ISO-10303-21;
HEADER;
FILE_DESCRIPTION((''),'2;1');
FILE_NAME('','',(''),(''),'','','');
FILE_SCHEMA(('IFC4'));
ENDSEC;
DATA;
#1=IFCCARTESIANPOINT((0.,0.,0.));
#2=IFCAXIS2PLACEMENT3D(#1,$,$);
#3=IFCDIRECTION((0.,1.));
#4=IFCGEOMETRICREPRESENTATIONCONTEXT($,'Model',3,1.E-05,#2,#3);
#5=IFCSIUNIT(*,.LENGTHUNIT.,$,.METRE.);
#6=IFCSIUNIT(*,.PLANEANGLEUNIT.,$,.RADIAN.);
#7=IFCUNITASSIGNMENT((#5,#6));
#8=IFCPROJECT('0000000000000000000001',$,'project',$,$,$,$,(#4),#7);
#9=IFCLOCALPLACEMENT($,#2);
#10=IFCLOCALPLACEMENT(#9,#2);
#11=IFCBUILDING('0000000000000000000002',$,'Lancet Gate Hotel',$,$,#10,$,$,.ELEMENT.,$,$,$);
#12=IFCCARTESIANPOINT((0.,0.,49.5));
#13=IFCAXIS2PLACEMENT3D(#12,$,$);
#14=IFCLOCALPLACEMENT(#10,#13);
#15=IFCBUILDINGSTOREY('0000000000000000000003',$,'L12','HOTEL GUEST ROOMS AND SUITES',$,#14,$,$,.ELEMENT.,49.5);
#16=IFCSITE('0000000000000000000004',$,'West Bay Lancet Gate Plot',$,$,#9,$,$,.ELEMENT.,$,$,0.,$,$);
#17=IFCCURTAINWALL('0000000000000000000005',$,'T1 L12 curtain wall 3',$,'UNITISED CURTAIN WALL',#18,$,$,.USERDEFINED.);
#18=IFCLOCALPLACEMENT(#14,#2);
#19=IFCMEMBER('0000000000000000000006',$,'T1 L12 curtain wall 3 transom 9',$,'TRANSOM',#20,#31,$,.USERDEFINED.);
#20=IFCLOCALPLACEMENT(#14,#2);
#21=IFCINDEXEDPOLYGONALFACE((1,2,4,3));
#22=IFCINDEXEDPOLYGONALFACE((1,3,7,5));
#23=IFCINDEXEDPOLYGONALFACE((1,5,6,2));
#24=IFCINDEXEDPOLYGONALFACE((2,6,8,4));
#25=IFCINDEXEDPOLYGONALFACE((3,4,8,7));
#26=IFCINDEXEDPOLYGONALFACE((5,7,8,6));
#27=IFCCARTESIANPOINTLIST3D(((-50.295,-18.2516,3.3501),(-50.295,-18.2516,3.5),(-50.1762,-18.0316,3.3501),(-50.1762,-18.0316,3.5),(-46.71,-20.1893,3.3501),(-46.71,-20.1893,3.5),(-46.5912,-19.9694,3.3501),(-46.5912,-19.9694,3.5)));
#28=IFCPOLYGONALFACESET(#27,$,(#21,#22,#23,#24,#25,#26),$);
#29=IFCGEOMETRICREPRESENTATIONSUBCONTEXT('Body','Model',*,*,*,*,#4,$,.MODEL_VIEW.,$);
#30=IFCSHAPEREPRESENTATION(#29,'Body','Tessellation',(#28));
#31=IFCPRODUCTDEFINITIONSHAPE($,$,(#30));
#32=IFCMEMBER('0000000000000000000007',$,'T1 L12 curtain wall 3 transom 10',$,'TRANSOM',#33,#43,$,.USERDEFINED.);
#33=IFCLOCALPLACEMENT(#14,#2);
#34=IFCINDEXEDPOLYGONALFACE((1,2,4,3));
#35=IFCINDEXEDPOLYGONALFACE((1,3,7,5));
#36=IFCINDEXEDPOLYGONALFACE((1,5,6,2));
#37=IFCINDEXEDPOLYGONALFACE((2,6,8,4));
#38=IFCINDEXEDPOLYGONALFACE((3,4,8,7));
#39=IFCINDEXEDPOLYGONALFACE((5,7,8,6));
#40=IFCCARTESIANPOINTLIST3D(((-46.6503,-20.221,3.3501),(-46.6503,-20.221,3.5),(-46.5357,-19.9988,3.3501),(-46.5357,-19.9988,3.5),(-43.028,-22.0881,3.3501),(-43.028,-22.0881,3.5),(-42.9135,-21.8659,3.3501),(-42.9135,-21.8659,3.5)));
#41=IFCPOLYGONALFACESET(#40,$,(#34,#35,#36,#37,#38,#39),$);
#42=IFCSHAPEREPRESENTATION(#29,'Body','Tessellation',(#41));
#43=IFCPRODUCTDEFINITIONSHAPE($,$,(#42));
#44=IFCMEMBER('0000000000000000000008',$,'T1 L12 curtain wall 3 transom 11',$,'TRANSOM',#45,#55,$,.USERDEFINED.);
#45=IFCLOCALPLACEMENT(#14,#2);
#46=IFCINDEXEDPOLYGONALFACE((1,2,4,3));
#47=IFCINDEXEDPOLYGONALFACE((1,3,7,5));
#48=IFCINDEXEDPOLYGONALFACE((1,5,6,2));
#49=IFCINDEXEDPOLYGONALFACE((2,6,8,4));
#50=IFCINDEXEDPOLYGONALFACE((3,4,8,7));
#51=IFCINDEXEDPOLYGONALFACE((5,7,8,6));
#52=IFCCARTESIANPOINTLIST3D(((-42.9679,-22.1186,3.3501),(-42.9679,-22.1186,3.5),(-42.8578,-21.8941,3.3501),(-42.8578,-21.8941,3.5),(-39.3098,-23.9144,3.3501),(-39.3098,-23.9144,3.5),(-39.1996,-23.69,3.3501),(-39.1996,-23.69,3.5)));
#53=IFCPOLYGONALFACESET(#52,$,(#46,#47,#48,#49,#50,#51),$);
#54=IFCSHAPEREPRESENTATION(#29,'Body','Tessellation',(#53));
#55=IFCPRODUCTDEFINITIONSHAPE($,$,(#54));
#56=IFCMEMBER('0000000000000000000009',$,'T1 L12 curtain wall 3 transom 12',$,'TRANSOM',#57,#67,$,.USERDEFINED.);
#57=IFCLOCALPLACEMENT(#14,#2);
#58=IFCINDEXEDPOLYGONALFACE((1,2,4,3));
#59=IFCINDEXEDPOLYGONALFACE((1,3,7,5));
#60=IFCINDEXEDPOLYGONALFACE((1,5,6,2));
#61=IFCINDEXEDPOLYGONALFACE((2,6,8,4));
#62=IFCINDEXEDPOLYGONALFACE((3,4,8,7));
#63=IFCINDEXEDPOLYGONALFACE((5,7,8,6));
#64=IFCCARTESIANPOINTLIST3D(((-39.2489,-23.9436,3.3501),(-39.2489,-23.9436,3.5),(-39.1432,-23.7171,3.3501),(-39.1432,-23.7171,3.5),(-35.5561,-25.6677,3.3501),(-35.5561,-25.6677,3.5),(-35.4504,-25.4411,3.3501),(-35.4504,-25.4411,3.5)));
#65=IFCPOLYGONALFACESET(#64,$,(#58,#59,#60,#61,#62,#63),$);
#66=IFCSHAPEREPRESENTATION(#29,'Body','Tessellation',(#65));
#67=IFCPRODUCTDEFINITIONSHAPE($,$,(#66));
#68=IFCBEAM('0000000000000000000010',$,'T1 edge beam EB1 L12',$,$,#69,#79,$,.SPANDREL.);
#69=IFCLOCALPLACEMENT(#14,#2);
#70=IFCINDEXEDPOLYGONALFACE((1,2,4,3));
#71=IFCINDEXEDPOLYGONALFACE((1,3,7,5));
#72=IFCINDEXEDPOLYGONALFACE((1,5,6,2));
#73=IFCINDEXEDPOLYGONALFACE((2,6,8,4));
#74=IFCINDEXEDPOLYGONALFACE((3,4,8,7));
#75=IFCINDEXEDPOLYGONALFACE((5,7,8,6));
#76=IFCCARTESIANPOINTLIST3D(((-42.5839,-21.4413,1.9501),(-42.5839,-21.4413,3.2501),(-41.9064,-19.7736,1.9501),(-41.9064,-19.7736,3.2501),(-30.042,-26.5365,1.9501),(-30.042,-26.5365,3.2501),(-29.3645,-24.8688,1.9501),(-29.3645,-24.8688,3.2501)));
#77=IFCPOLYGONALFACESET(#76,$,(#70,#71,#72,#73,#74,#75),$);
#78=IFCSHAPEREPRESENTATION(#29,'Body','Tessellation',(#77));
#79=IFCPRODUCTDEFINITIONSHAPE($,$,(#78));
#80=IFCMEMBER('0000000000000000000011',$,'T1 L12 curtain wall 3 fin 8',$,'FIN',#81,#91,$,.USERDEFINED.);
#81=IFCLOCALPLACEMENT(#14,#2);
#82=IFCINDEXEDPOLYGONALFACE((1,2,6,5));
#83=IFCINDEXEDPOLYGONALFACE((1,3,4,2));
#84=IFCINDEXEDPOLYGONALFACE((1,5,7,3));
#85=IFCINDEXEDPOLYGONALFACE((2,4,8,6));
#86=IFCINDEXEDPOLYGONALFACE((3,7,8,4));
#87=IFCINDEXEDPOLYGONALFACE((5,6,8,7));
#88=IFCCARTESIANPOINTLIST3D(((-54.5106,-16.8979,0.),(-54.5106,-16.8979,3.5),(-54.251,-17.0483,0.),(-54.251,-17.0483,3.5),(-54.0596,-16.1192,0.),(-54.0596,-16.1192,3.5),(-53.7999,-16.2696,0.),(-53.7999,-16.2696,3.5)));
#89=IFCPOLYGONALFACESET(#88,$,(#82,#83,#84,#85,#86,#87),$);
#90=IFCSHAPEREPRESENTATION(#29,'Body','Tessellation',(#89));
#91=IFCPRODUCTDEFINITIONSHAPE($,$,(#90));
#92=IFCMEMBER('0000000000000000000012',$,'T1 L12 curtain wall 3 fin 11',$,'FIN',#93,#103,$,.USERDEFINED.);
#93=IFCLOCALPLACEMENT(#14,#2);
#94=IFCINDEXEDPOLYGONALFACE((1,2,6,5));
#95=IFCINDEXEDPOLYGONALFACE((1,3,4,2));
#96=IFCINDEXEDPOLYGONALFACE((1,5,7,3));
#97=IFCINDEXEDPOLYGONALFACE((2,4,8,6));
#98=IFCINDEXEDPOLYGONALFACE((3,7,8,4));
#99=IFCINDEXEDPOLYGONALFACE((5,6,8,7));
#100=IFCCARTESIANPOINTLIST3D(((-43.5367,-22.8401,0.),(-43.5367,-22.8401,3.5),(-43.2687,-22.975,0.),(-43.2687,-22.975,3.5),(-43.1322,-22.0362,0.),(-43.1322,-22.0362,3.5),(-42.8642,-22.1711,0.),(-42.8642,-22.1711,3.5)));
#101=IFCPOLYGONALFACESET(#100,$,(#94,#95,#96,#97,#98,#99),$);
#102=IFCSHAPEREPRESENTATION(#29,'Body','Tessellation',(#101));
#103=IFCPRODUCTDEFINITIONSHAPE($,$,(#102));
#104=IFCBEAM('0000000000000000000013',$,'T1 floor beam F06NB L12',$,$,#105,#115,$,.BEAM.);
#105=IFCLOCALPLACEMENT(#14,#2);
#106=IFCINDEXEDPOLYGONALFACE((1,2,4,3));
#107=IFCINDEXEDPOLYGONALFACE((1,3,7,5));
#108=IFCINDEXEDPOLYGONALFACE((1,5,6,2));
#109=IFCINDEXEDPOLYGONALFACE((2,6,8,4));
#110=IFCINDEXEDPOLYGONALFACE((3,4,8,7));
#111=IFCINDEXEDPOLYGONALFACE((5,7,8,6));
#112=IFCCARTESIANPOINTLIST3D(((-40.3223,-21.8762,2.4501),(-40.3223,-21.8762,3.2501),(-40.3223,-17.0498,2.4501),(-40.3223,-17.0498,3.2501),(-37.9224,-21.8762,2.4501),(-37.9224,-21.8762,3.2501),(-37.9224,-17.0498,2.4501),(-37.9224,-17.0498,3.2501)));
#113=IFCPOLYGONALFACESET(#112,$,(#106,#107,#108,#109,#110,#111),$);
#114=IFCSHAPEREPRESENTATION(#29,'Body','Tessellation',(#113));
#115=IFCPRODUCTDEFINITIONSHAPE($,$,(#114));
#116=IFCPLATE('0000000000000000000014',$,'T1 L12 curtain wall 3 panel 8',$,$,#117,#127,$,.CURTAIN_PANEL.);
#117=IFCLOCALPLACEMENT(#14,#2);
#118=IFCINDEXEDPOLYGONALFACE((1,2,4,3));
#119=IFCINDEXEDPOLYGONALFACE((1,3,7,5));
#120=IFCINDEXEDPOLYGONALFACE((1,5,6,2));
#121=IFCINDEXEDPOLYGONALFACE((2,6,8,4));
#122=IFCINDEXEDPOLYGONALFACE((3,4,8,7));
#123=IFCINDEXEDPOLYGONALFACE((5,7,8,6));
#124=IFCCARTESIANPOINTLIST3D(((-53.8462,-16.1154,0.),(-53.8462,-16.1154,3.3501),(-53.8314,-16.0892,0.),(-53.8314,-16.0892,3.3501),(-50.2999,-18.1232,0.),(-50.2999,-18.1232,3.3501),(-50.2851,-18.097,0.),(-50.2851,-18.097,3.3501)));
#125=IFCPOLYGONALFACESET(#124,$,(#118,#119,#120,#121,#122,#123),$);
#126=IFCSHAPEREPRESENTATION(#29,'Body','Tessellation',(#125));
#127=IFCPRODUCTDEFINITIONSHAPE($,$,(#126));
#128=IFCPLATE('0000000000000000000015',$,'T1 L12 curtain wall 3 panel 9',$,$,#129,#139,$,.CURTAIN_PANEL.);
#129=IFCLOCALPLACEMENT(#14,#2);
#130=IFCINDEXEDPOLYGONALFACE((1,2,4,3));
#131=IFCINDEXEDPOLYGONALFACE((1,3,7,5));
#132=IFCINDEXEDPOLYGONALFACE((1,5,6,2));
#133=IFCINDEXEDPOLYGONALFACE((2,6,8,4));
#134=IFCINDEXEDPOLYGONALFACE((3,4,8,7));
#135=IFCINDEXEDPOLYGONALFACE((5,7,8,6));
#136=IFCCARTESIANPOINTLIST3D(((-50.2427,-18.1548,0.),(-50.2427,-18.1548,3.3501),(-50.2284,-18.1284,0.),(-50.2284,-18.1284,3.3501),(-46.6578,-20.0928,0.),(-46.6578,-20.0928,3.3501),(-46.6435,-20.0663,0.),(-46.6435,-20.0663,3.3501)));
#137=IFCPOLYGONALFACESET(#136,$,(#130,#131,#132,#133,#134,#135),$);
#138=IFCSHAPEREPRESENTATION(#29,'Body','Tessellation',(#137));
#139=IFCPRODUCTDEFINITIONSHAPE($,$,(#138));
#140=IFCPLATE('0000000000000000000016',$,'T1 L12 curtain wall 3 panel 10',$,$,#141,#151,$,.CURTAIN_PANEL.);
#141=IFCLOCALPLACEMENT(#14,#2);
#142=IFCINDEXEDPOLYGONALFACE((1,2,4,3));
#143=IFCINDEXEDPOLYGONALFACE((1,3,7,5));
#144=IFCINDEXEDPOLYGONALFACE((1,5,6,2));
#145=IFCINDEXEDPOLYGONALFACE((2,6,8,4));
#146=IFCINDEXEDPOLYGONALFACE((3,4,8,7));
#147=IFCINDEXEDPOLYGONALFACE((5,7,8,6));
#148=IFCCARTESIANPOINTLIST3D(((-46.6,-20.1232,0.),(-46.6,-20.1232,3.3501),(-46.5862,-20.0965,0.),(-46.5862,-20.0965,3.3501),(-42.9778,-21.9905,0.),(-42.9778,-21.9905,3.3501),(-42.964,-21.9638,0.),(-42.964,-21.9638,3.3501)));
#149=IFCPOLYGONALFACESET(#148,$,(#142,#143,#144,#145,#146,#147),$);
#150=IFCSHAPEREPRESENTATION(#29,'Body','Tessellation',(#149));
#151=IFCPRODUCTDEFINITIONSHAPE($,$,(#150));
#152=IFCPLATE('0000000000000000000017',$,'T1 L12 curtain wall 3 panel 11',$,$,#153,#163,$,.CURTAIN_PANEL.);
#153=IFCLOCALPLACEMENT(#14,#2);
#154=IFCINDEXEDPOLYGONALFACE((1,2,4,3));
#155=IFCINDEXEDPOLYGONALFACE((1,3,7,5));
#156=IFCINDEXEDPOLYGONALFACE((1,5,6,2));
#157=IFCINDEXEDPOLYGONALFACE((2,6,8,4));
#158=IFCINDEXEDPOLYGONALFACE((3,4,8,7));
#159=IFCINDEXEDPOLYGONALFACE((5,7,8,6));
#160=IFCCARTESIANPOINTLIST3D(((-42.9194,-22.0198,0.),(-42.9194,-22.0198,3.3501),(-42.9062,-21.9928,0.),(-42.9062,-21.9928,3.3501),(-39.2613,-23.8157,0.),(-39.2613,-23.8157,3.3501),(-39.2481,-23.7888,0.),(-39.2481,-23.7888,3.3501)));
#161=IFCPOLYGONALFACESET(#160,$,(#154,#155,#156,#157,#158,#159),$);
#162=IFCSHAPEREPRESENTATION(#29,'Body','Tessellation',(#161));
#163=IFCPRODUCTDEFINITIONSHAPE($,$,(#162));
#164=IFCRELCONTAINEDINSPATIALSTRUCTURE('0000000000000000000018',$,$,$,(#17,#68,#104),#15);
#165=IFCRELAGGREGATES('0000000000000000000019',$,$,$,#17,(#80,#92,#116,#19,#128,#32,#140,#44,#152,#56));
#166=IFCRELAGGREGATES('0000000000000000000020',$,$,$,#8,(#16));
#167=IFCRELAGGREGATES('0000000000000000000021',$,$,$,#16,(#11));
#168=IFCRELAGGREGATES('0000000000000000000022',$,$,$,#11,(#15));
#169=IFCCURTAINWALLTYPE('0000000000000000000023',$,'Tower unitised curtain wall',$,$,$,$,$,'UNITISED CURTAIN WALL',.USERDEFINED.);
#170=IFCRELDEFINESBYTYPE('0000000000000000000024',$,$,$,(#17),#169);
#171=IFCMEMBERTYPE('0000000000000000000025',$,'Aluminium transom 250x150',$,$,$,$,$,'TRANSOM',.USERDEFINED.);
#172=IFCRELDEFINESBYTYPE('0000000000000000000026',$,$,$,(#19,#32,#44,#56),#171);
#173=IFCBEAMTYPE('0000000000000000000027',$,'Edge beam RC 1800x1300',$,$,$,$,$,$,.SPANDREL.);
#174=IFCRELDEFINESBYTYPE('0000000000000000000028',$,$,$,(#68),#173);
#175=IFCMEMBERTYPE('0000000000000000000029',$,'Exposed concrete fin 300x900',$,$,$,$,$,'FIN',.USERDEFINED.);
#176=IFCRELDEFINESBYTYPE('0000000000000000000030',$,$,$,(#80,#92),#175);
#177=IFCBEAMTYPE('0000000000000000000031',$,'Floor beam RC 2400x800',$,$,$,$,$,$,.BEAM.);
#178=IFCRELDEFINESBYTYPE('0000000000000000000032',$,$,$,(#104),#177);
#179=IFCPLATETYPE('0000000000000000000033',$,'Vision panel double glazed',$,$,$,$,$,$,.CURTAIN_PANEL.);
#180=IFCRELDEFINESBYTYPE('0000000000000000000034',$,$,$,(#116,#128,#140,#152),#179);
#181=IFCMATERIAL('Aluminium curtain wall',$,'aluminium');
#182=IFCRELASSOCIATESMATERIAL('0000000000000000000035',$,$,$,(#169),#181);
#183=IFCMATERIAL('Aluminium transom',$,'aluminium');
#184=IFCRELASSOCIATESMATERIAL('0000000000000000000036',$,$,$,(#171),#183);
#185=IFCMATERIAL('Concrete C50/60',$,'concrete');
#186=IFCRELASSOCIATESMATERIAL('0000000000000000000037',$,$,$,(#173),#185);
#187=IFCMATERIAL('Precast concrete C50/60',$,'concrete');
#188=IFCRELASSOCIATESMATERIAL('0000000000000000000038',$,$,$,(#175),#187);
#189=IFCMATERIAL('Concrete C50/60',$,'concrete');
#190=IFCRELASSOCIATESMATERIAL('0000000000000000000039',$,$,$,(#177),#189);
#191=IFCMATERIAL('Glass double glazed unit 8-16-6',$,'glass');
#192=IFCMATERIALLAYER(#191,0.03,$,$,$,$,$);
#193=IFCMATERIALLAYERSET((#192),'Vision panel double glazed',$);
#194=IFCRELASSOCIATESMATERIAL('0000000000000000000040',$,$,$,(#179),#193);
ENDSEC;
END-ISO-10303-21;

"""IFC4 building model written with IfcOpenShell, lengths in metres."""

from ifc_helpers import new_model, si_unit, direction, frame, origin, origin_2d, place, context, subcontext, project, spatial, rectangle, extrude, material, layer, layer_set, material_profile, profile_set, type_object, element, aggregate, save


model = new_model("IFC4")

# Units and contexts
model_context = context("Model", 3, precision=1e-05, world=origin(), true_north=direction((0.0, 1.0)))
body_context = subcontext(model_context, "Body", "Model", "MODEL_VIEW")
ifc_project = project(units=[si_unit("LENGTHUNIT", "METRE"), si_unit("PLANEANGLEUNIT", "RADIAN")], contexts=[model_context])

# Site, building, storey
site_placement = place(None, origin())
site = spatial("IfcSite", under=ifc_project, at=site_placement, Name="West Bay Lancet Gate Plot", CompositionType="ELEMENT", RefElevation=0.0)
building_placement = place(site_placement, origin())
building = spatial("IfcBuilding", under=site, at=building_placement, Name="Lancet Gate Hotel", CompositionType="ELEMENT")
storey_placement = place(building_placement, frame((0.0, 0.0, 49.5)))
storey = spatial("IfcBuildingStorey", under=building, at=storey_placement, Name="L12", Description="HOTEL GUEST ROOMS AND SUITES", CompositionType="ELEMENT", Elevation=49.5)

# Curtain wall, members
ifc_material_1 = material(Name="Aluminium curtain wall", Category="aluminium")
curtain_wall_type = type_object("IfcCurtainWallType", Name="Tower unitised curtain wall", ElementType="UNITISED CURTAIN WALL", PredefinedType="USERDEFINED", material=ifc_material_1)
curtain_wall_placement = place(storey_placement, origin())
curtain_wall = element("IfcCurtainWall", 1, at=curtain_wall_placement, inside=storey, type_object=curtain_wall_type, Name="T1 L12 curtain wall 3", ObjectType="UNITISED CURTAIN WALL", PredefinedType="USERDEFINED")
ifc_material_2 = material(Name="Aluminium transom", Category="aluminium")
ifc_material_profile_1 = material_profile(ifc_material_2, rectangle(XDim=0.25, YDim=0.1499, at=origin_2d()), Name="TRANSOM 250x150")
ifc_profile_set_1 = profile_set([ifc_material_profile_1], Name="Aluminium transom")
member_type_1 = type_object("IfcMemberType", Name="Aluminium transom 250x150", ElementType="TRANSOM", PredefinedType="USERDEFINED", material=ifc_profile_set_1)
member_1_placement = place(storey_placement, frame((-50.2356, -18.1416, 3.425), z_axis=(0.879714, -0.475503, 0.0), x_axis=(0.475503, 0.879714, 0.0)))
member_1 = element("IfcMember", 2, at=member_1_placement, type_object=member_type_1, Name="T1 L12 curtain wall 3 transom 9", ObjectType="TRANSOM", PredefinedType="USERDEFINED", context=body_context, shape_type="SweptSolid", body=[
    extrude(rectangle(XDim=0.25, YDim=0.1499, at=origin_2d()), origin(), (0.0, 0.0, 1.0), 4.0752),
])
member_2_placement = place(storey_placement, frame((-46.593, -20.1099, 3.425), z_axis=(0.88886, -0.458179, 0.0), x_axis=(0.458179, 0.88886, 0.0)))
member_2 = element("IfcMember", 3, at=member_2_placement, type_object=member_type_1, Name="T1 L12 curtain wall 3 transom 10", ObjectType="TRANSOM", PredefinedType="USERDEFINED", context=body_context, shape_type="SweptSolid", body=[
    extrude(rectangle(XDim=0.25, YDim=0.1499, at=origin_2d()), origin(), (0.0, 0.0, 1.0), 4.0752),
])
member_3_placement = place(storey_placement, frame((-42.9128, -22.0063, 3.425), z_axis=(0.897662, -0.440684, 0.0), x_axis=(0.440684, 0.897662, 0.0)))
member_3 = element("IfcMember", 4, at=member_3_placement, type_object=member_type_1, Name="T1 L12 curtain wall 3 transom 11", ObjectType="TRANSOM", PredefinedType="USERDEFINED", context=body_context, shape_type="SweptSolid", body=[
    extrude(rectangle(XDim=0.25, YDim=0.1499, at=origin_2d()), origin(), (0.0, 0.0, 1.0), 4.0752),
])
member_4_placement = place(storey_placement, frame((-39.196, -23.8303, 3.425), z_axis=(0.90611, -0.423043, 0.0), x_axis=(0.423043, 0.90611, 0.0)))
member_4 = element("IfcMember", 5, at=member_4_placement, type_object=member_type_1, Name="T1 L12 curtain wall 3 transom 12", ObjectType="TRANSOM", PredefinedType="USERDEFINED", context=body_context, shape_type="SweptSolid", body=[
    extrude(rectangle(XDim=0.25, YDim=0.1499, at=origin_2d()), origin(), (0.0, 0.0, 1.0), 4.0754),
])

# Beam
ifc_material_3 = material(Name="Concrete C50/60", Category="concrete")
ifc_material_profile_2 = material_profile(ifc_material_3, rectangle(XDim=1.8, YDim=1.3, at=origin_2d()), Name="RC 1800x1300")
ifc_profile_set_2 = profile_set([ifc_material_profile_2], Name="Concrete C50/60")
beam_type_1 = type_object("IfcBeamType", Name="Edge beam RC 1800x1300", PredefinedType="SPANDREL", material=ifc_profile_set_2)
beam_1_placement = place(storey_placement, frame((-42.2451, -20.6074, 2.6001), z_axis=(0.926463, -0.376385, 0.0), x_axis=(0.376385, 0.926463, 0.0)))
element("IfcBeam", 6, at=beam_1_placement, inside=storey, type_object=beam_type_1, Name="T1 edge beam EB1 L12", PredefinedType="SPANDREL", context=body_context, shape_type="SweptSolid", body=[
    extrude(rectangle(XDim=1.8, YDim=1.3, at=origin_2d()), origin(), (0.0, 0.0, 1.0), 13.5374),
])

# Members
ifc_material_4 = material(Name="Precast concrete C50/60", Category="concrete")
ifc_material_profile_3 = material_profile(ifc_material_4, rectangle(XDim=0.3, YDim=0.8999, at=origin_2d()), Name="FIN 300x900")
ifc_profile_set_3 = profile_set([ifc_material_profile_3], Name="Precast concrete C50/60")
member_type_2 = type_object("IfcMemberType", Name="Exposed concrete fin 300x900", ElementType="FIN", PredefinedType="USERDEFINED", material=ifc_profile_set_3)
member_5_placement = place(storey_placement, frame((-54.1553, -16.5837, 0.0), z_axis=(0.0, 0.0, 1.0), x_axis=(0.865335, -0.501194, 0.0)))
member_5 = element("IfcMember", 7, at=member_5_placement, type_object=member_type_2, Name="T1 L12 curtain wall 3 fin 8", ObjectType="FIN", PredefinedType="USERDEFINED", context=body_context, shape_type="SweptSolid", body=[
    extrude(rectangle(XDim=0.3, YDim=0.8999, at=origin_2d()), origin(), (0.0, 0.0, 1.0), 3.5),
])
member_6_placement = place(storey_placement, frame((-43.2004, -22.5056, 0.0), z_axis=(0.0, 0.0, 1.0), x_axis=(0.893292, -0.449478, 0.0)))
member_6 = element("IfcMember", 8, at=member_6_placement, type_object=member_type_2, Name="T1 L12 curtain wall 3 fin 11", ObjectType="FIN", PredefinedType="USERDEFINED", context=body_context, shape_type="SweptSolid", body=[
    extrude(rectangle(XDim=0.3, YDim=0.8999, at=origin_2d()), origin(), (0.0, 0.0, 1.0), 3.5),
])

# Beam
ifc_material_5 = material(Name="Concrete C50/60", Category="concrete")
ifc_material_profile_4 = material_profile(ifc_material_5, rectangle(XDim=2.3999, YDim=0.8, at=origin_2d()), Name="RC 2400x800")
ifc_profile_set_4 = profile_set([ifc_material_profile_4], Name="Concrete C50/60")
beam_type_2 = type_object("IfcBeamType", Name="Floor beam RC 2400x800", PredefinedType="BEAM", material=ifc_profile_set_4)
beam_2_placement = place(storey_placement, frame((-39.1223, -17.0498, 2.8501), z_axis=(0.0, -1.0, 0.0), x_axis=(1.0, 0.0, 0.0)))
element("IfcBeam", 9, at=beam_2_placement, inside=storey, type_object=beam_type_2, Name="T1 floor beam F06NB L12", PredefinedType="BEAM", context=body_context, shape_type="SweptSolid", body=[
    extrude(rectangle(XDim=2.3999, YDim=0.8, at=origin_2d()), origin(), (0.0, 0.0, 1.0), 4.8264),
])

# Plates
ifc_material_6 = material(Name="Glass double glazed unit 8-16-6", Category="glass")
ifc_layer = layer(ifc_material_6, 0.03)
ifc_layer_set = layer_set([ifc_layer], Name="Vision panel double glazed")
plate_type = type_object("IfcPlateType", Name="Vision panel double glazed", PredefinedType="CURTAIN_PANEL", material=ifc_layer_set)
plate_1_placement = place(storey_placement, frame((-52.0657, -17.1062, 0.0), z_axis=(0.0, 0.0, 1.0), x_axis=(0.870205, -0.49269, 0.0)))
plate_1 = element("IfcPlate", 10, at=plate_1_placement, type_object=plate_type, Name="T1 L12 curtain wall 3 panel 8", PredefinedType="CURTAIN_PANEL", context=body_context, shape_type="SweptSolid", body=[
    extrude(rectangle(XDim=4.0752, YDim=0.03, at=origin_2d()), origin(), (0.0, 0.0, 1.0), 3.3501),
])
plate_2_placement = place(storey_placement, frame((-48.4431, -19.1106, 0.0), z_axis=(0.0, 0.0, 1.0), x_axis=(0.879693, -0.475541, 0.0)))
plate_2 = element("IfcPlate", 11, at=plate_2_placement, type_object=plate_type, Name="T1 L12 curtain wall 3 panel 9", PredefinedType="CURTAIN_PANEL", context=body_context, shape_type="SweptSolid", body=[
    extrude(rectangle(XDim=4.0752, YDim=0.03, at=origin_2d()), origin(), (0.0, 0.0, 1.0), 3.3501),
])
plate_3_placement = place(storey_placement, frame((-44.782, -21.0435, 0.0), z_axis=(0.0, 0.0, 1.0), x_axis=(0.888844, -0.45821, 0.0)))
plate_3 = element("IfcPlate", 12, at=plate_3_placement, type_object=plate_type, Name="T1 L12 curtain wall 3 panel 10", PredefinedType="CURTAIN_PANEL", context=body_context, shape_type="SweptSolid", body=[
    extrude(rectangle(XDim=4.0752, YDim=0.03, at=origin_2d()), origin(), (0.0, 0.0, 1.0), 3.3501),
])
plate_4_placement = place(storey_placement, frame((-41.0837, -22.9043, 0.0), z_axis=(0.0, 0.0, 1.0), x_axis=(0.897653, -0.440702, 0.0)))
plate_4 = element("IfcPlate", 13, at=plate_4_placement, type_object=plate_type, Name="T1 L12 curtain wall 3 panel 11", PredefinedType="CURTAIN_PANEL", context=body_context, shape_type="SweptSolid", body=[
    extrude(rectangle(XDim=4.0752, YDim=0.03, at=origin_2d()), origin(), (0.0, 0.0, 1.0), 3.3501),
])
aggregate(curtain_wall, [member_5, member_6, plate_1, member_1, plate_2, member_2, plate_3, member_3, plate_4, member_4])

save(model, "model.ifc")
